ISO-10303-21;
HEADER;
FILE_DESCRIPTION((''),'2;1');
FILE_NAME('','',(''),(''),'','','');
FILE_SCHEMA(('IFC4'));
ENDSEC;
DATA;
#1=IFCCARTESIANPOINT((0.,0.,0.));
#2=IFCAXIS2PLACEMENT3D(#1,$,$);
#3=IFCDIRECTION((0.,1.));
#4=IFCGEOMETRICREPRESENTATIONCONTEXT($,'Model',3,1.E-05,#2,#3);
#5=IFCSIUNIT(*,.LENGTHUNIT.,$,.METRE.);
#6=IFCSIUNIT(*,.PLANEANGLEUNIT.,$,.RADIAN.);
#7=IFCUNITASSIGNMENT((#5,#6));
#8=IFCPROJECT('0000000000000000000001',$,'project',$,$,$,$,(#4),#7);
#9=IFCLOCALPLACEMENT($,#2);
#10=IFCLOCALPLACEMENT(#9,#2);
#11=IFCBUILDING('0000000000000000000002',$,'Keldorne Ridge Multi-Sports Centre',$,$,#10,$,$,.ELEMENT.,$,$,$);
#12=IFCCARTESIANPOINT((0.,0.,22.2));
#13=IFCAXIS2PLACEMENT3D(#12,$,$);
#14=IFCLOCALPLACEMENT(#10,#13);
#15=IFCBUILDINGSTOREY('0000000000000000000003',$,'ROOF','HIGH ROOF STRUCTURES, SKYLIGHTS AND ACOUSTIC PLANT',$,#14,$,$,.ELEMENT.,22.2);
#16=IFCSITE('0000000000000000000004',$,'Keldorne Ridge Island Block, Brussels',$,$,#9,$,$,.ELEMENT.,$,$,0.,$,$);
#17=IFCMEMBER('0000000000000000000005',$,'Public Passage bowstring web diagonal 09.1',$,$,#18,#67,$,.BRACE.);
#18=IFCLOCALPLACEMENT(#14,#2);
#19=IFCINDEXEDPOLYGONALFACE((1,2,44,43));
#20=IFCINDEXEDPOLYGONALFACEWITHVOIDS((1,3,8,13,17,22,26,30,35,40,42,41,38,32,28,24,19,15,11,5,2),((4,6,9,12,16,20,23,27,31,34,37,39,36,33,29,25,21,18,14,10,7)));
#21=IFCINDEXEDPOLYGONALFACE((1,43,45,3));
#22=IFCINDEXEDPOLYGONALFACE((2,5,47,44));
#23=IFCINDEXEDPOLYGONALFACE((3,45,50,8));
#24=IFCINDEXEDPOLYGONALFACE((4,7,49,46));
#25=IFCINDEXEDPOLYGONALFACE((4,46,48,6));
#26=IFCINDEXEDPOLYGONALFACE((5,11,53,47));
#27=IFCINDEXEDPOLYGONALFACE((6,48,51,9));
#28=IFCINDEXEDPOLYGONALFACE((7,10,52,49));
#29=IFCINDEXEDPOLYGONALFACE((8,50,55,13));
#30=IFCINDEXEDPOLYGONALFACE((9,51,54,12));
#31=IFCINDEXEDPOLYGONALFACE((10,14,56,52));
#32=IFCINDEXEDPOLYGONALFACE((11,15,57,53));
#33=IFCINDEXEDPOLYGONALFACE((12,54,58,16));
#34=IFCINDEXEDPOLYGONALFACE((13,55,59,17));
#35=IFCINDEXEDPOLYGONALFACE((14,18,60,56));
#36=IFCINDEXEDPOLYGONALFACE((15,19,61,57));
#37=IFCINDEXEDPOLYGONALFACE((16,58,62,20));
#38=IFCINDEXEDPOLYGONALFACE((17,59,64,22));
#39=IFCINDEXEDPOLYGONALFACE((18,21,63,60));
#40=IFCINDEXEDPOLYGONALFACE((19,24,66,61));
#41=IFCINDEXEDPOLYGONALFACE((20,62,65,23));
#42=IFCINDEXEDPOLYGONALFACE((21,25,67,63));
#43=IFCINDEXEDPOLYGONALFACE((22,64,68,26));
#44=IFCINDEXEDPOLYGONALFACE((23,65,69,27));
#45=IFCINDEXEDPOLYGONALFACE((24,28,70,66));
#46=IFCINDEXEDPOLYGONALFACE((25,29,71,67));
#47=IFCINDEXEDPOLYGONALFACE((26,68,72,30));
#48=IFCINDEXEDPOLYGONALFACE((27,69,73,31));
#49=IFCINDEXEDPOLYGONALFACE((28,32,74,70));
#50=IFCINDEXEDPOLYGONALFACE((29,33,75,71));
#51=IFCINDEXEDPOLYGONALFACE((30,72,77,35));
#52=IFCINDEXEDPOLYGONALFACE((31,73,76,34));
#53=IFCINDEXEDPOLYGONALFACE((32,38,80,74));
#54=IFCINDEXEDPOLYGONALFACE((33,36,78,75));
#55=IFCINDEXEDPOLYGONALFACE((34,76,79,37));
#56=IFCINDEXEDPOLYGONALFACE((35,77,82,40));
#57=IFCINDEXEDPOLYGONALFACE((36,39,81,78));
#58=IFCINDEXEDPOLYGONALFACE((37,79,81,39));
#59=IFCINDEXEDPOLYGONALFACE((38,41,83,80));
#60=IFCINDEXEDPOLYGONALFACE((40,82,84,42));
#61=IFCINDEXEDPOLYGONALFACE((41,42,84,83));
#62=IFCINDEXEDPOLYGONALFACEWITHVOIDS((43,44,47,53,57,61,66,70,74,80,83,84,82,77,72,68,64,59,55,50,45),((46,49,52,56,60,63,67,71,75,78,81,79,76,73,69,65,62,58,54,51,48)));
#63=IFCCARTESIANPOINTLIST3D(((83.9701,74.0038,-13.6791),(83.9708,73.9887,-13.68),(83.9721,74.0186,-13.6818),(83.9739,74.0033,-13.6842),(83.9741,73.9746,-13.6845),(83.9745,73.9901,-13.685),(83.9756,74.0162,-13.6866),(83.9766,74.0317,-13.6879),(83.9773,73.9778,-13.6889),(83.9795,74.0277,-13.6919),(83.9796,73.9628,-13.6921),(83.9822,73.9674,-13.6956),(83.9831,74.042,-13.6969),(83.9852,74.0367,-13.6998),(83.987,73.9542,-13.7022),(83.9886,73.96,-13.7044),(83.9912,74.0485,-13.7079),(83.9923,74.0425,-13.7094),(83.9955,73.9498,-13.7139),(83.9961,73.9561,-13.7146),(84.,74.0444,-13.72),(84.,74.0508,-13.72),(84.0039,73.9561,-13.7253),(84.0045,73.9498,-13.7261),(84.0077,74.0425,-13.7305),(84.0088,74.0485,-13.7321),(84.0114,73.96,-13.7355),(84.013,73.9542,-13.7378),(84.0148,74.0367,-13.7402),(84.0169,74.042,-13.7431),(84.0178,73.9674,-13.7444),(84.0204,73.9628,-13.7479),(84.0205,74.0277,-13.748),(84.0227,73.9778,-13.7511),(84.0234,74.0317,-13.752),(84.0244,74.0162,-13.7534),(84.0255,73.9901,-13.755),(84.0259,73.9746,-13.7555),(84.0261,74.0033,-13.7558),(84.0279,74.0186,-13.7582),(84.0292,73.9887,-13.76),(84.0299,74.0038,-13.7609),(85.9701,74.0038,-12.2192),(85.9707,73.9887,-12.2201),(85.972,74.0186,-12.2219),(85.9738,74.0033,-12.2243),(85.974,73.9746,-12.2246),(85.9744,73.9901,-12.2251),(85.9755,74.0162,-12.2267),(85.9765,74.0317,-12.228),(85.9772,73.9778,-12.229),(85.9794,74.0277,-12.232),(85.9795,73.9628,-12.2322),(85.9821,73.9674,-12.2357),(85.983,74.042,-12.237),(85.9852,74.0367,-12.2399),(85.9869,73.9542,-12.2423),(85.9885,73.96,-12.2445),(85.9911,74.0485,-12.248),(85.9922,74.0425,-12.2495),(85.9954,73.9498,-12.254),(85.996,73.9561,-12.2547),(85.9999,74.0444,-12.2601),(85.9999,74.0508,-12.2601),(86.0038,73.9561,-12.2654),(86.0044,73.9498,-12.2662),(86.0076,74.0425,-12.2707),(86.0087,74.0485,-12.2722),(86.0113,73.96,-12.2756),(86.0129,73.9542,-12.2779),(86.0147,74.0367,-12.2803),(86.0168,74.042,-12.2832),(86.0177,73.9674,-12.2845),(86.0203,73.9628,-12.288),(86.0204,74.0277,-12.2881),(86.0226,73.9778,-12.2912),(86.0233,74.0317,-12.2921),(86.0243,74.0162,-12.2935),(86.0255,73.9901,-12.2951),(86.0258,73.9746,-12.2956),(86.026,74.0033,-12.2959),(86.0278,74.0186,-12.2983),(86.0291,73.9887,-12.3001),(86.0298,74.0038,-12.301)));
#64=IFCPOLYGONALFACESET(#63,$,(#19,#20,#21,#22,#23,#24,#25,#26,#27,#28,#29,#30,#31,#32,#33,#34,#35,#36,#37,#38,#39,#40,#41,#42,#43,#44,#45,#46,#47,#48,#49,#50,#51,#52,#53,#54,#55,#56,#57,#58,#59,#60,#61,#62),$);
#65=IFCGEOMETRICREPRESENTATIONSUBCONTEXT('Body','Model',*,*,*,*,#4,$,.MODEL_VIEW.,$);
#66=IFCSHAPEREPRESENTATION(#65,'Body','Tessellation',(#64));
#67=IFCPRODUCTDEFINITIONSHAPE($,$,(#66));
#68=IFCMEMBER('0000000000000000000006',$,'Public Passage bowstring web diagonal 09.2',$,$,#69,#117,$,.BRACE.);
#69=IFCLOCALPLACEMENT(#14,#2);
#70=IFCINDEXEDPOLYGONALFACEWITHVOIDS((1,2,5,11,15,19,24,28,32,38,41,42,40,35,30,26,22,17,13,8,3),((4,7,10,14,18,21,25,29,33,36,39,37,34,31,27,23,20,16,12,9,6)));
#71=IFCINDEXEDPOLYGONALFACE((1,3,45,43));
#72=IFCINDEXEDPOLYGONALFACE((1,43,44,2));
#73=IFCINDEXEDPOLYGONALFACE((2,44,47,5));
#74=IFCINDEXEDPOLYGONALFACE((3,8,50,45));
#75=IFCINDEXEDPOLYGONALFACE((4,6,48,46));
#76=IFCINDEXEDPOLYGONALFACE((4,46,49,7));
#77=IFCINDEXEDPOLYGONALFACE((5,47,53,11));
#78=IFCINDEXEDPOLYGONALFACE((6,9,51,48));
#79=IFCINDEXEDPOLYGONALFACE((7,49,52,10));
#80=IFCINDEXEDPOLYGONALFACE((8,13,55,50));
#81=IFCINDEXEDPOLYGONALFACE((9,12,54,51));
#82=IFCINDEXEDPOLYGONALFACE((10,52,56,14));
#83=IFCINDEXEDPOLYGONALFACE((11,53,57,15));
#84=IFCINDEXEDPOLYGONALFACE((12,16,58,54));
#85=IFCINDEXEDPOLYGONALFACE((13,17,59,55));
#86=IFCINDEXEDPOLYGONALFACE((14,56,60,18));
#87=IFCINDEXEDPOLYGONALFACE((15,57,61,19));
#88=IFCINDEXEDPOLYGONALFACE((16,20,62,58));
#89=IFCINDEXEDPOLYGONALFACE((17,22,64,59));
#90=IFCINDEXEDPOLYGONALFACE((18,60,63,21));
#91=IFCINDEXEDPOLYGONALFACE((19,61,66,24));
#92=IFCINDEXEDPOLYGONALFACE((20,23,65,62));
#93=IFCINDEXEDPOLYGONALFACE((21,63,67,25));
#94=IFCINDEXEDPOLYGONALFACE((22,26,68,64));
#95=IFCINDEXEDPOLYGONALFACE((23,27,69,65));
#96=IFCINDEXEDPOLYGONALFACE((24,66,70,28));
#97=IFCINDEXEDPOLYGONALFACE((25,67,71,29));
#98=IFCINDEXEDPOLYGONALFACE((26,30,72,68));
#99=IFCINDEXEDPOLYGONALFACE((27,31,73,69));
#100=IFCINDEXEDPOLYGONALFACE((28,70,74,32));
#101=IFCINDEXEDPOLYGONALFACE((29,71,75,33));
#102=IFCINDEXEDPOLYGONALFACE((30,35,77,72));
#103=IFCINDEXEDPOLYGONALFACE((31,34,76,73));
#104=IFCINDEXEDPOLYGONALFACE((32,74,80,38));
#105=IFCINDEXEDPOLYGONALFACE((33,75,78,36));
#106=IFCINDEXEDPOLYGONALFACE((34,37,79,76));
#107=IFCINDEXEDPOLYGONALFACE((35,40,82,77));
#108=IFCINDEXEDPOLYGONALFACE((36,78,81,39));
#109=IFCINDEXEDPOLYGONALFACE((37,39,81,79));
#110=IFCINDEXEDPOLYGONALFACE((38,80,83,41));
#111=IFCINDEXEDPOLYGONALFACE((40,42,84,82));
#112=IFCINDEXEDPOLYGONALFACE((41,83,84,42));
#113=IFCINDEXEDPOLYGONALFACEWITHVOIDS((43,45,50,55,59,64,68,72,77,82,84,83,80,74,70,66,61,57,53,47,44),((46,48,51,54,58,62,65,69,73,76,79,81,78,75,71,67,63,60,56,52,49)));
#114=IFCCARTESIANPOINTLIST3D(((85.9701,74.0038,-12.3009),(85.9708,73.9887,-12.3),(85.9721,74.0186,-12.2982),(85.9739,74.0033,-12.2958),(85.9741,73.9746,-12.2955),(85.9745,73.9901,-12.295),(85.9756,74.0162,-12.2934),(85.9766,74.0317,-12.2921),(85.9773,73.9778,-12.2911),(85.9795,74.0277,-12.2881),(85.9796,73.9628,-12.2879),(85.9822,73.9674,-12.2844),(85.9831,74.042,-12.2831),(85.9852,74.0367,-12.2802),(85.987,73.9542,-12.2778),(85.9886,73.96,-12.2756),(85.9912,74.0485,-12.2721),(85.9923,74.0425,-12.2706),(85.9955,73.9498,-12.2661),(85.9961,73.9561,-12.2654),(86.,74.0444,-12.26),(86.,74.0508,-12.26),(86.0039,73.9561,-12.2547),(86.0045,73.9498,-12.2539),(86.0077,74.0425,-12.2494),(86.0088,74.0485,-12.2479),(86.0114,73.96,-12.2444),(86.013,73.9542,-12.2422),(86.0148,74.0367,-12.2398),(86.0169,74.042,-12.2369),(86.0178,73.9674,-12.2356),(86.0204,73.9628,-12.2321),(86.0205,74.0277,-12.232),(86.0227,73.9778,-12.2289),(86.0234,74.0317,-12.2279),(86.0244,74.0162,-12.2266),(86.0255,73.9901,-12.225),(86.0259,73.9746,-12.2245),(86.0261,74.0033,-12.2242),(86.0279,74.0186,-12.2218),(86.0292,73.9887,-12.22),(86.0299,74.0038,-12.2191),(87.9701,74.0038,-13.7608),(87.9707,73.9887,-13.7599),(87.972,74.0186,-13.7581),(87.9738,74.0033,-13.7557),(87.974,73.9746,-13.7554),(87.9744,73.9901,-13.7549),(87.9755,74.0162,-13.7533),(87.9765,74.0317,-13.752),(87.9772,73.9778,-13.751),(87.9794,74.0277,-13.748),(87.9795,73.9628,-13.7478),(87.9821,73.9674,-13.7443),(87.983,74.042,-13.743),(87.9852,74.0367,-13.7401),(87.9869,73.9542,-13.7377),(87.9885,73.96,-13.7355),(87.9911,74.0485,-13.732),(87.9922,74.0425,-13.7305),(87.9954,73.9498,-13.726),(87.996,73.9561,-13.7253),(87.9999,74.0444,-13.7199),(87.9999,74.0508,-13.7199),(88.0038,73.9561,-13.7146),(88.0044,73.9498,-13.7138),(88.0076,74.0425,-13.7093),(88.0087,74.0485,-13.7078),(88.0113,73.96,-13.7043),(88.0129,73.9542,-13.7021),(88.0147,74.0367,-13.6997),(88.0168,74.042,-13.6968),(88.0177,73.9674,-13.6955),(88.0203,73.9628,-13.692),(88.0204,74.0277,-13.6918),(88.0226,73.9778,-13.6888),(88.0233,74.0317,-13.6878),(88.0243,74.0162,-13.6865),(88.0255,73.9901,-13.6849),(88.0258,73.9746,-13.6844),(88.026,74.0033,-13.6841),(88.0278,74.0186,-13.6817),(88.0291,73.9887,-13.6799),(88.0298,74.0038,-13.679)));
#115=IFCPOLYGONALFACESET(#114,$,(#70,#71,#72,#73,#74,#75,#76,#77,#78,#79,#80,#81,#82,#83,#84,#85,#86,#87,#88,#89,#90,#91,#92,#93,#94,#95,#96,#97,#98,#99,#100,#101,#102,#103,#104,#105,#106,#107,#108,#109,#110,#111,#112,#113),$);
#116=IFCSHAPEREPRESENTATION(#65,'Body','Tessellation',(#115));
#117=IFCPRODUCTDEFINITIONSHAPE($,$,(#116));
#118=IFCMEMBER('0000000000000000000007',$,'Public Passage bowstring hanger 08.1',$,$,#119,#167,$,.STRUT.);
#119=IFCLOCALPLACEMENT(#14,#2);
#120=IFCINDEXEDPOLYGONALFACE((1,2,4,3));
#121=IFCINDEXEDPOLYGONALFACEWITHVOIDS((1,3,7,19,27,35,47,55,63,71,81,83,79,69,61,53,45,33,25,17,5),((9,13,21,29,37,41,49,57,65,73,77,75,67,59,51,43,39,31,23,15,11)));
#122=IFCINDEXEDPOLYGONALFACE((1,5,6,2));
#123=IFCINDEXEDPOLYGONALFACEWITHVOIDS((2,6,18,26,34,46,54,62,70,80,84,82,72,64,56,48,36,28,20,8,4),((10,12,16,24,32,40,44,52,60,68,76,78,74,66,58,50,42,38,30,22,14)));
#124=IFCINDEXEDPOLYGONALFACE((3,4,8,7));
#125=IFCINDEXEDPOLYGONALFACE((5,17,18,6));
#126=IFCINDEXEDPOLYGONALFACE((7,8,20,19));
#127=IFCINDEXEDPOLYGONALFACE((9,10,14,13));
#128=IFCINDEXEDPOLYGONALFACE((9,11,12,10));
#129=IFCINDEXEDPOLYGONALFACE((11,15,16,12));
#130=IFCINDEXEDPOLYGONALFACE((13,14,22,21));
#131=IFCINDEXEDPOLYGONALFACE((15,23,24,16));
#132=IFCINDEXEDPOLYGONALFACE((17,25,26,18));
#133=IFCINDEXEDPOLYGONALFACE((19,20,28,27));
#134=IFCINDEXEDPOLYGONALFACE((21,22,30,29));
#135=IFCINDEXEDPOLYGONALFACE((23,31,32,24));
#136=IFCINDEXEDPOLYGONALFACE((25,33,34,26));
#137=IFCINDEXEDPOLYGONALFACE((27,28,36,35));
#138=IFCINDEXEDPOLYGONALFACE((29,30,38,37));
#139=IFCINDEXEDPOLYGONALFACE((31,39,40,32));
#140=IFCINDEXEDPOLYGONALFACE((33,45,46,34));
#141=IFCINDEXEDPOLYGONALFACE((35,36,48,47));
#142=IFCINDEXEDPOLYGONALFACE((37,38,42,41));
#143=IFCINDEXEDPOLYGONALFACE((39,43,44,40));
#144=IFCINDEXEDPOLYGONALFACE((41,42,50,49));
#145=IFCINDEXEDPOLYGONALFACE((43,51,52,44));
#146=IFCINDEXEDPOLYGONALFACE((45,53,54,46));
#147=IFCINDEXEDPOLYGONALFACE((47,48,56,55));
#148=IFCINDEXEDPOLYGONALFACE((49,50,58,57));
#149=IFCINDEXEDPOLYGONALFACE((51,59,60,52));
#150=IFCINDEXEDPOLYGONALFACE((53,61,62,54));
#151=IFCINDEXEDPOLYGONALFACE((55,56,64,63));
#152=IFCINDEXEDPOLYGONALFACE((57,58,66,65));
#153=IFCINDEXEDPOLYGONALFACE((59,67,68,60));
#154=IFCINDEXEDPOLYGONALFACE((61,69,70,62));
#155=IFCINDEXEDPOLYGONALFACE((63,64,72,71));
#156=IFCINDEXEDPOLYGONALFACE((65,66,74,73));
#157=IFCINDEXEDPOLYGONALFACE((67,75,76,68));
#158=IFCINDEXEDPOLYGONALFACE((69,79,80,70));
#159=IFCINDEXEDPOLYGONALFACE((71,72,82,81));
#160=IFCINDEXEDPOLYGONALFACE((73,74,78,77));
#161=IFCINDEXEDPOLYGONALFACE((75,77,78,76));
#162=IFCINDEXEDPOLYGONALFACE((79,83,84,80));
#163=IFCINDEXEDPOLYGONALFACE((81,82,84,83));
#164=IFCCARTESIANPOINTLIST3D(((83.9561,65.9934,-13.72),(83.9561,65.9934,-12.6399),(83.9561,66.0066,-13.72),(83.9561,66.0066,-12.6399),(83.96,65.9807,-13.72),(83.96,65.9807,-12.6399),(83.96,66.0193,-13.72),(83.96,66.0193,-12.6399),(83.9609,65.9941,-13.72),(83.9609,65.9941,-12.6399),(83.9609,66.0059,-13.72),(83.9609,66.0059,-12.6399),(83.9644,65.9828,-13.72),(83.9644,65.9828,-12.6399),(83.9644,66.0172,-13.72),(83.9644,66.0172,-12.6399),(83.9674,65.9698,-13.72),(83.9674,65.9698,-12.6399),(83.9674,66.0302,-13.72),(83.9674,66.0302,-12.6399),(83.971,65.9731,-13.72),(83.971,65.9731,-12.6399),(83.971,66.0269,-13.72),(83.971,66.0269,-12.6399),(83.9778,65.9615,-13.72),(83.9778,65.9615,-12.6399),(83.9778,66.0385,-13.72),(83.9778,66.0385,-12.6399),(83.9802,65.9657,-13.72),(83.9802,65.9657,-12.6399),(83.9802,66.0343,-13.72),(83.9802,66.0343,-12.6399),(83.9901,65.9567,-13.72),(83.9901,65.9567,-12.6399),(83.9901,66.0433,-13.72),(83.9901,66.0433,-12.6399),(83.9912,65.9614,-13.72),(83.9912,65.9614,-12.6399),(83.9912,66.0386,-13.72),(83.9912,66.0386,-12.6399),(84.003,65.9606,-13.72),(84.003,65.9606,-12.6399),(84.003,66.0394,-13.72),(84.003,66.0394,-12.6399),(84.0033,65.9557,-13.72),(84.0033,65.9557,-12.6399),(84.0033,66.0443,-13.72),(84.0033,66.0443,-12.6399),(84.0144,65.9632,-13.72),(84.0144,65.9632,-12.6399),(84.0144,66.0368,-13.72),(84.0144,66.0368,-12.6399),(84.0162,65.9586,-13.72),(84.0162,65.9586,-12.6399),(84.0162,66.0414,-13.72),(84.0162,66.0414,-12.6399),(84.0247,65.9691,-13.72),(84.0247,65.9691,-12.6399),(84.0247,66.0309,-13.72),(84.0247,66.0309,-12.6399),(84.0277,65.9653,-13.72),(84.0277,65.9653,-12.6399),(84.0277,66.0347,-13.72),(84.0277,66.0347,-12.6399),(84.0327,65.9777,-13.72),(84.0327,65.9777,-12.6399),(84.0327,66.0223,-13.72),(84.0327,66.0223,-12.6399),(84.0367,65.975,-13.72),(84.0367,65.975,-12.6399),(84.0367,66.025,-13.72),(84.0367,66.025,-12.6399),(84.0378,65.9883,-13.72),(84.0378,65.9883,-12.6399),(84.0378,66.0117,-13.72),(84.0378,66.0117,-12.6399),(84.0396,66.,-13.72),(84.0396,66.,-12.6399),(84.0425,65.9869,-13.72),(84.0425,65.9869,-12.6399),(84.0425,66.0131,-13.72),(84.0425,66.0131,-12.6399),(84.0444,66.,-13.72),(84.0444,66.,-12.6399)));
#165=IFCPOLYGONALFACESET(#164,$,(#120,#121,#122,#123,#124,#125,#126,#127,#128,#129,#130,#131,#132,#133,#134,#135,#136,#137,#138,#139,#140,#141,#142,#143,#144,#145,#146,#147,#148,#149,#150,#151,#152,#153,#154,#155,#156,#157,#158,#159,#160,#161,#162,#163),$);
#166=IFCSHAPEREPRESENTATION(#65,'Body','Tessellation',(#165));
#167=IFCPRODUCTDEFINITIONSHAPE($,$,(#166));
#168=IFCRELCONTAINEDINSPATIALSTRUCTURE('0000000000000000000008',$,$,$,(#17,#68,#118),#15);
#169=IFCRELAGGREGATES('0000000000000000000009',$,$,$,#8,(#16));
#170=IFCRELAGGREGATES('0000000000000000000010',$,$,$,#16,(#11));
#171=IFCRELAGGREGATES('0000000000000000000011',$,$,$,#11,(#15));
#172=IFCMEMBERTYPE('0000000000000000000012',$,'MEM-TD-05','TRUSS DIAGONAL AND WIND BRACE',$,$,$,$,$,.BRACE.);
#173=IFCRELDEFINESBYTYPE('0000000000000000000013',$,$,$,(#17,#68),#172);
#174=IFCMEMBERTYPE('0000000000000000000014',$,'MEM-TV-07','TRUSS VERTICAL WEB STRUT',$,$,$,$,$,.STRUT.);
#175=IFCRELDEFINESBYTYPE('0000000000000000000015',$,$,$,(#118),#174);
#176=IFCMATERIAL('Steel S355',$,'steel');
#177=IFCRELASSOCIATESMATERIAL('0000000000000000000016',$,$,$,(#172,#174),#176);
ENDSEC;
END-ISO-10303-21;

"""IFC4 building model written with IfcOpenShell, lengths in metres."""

from ifc_helpers import new_model, si_unit, direction, frame, origin, origin_2d, place, context, subcontext, project, spatial, hollow_circle, extrude, material, material_profile, profile_set, type_object, element, save


model = new_model("IFC4")

# Units and contexts
model_context = context("Model", 3, precision=1e-05, world=origin(), true_north=direction((0.0, 1.0)))
body_context = subcontext(model_context, "Body", "Model", "MODEL_VIEW")
ifc_project = project(units=[si_unit("LENGTHUNIT", "METRE"), si_unit("PLANEANGLEUNIT", "RADIAN")], contexts=[model_context])

# Site, building, storey
site_placement = place(None, origin())
site = spatial("IfcSite", under=ifc_project, at=site_placement, Name="Keldorne Ridge Island Block, Brussels", CompositionType="ELEMENT", RefElevation=0.0)
building_placement = place(site_placement, origin())
building = spatial("IfcBuilding", under=site, at=building_placement, Name="Keldorne Ridge Multi-Sports Centre", CompositionType="ELEMENT")
storey_placement = place(building_placement, frame((0.0, 0.0, 22.2)))
storey = spatial("IfcBuildingStorey", under=building, at=storey_placement, Name="ROOF", Description="HIGH ROOF STRUCTURES, SKYLIGHTS AND ACOUSTIC PLANT", CompositionType="ELEMENT", Elevation=22.2)

# Members
ifc_material = material(Name="Steel S355", Category="steel")
ifc_material_profile_1 = material_profile(ifc_material, hollow_circle(Radius=0.0508, WallThickness=0.0063, at=origin_2d()), Name="CHS 101.6x6.3")
ifc_profile_set_1 = profile_set([ifc_material_profile_1], Name="Steel S355")
member_type_1 = type_object("IfcMemberType", Name="MEM-TD-05", Description="TRUSS DIAGONAL AND WIND BRACE", PredefinedType="BRACE", material=ifc_profile_set_1)
for number, where, z_axis, x_axis, name in (
    (1, (84.0, 74.0, -13.72), (0.807695, 0.0, 0.589601), (0.0, 1.0, 0.0), "Public Passage bowstring web diagonal 09.1"),
    (2, (86.0, 74.0, -12.26), (0.807695, 0.0, -0.589601), (0.0, 1.0, 0.0), "Public Passage bowstring web diagonal 09.2"),
):
    element("IfcMember", number, at=place(storey_placement, frame(where, z_axis=z_axis, x_axis=x_axis)), inside=storey, type_object=member_type_1, Name=name, PredefinedType="BRACE", context=body_context, shape_type="SweptSolid", body=[
        extrude(hollow_circle(Radius=0.0508, WallThickness=0.0063, at=origin_2d()), origin(), (0.0, 0.0, 1.0), 2.4761),
    ])
ifc_material_profile_2 = material_profile(ifc_material, hollow_circle(Radius=0.0444, WallThickness=0.0049, at=origin_2d()), Name="CHS 88.9x5")
ifc_profile_set_2 = profile_set([ifc_material_profile_2], Name="Steel S355")
member_type_2 = type_object("IfcMemberType", Name="MEM-TV-07", Description="TRUSS VERTICAL WEB STRUT", PredefinedType="STRUT", material=ifc_profile_set_2)
member_1_placement = place(storey_placement, frame((84.0, 66.0, -13.72), z_axis=(0.0, 0.0, 1.0), x_axis=(1.0, 0.0, 0.0)))
element("IfcMember", 3, at=member_1_placement, inside=storey, type_object=member_type_2, Name="Public Passage bowstring hanger 08.1", PredefinedType="STRUT", context=body_context, shape_type="SweptSolid", body=[
    extrude(hollow_circle(Radius=0.0444, WallThickness=0.0049, at=origin_2d()), origin(), (0.0, 0.0, 1.0), 1.0801),
])

save(model, "model.ifc")
